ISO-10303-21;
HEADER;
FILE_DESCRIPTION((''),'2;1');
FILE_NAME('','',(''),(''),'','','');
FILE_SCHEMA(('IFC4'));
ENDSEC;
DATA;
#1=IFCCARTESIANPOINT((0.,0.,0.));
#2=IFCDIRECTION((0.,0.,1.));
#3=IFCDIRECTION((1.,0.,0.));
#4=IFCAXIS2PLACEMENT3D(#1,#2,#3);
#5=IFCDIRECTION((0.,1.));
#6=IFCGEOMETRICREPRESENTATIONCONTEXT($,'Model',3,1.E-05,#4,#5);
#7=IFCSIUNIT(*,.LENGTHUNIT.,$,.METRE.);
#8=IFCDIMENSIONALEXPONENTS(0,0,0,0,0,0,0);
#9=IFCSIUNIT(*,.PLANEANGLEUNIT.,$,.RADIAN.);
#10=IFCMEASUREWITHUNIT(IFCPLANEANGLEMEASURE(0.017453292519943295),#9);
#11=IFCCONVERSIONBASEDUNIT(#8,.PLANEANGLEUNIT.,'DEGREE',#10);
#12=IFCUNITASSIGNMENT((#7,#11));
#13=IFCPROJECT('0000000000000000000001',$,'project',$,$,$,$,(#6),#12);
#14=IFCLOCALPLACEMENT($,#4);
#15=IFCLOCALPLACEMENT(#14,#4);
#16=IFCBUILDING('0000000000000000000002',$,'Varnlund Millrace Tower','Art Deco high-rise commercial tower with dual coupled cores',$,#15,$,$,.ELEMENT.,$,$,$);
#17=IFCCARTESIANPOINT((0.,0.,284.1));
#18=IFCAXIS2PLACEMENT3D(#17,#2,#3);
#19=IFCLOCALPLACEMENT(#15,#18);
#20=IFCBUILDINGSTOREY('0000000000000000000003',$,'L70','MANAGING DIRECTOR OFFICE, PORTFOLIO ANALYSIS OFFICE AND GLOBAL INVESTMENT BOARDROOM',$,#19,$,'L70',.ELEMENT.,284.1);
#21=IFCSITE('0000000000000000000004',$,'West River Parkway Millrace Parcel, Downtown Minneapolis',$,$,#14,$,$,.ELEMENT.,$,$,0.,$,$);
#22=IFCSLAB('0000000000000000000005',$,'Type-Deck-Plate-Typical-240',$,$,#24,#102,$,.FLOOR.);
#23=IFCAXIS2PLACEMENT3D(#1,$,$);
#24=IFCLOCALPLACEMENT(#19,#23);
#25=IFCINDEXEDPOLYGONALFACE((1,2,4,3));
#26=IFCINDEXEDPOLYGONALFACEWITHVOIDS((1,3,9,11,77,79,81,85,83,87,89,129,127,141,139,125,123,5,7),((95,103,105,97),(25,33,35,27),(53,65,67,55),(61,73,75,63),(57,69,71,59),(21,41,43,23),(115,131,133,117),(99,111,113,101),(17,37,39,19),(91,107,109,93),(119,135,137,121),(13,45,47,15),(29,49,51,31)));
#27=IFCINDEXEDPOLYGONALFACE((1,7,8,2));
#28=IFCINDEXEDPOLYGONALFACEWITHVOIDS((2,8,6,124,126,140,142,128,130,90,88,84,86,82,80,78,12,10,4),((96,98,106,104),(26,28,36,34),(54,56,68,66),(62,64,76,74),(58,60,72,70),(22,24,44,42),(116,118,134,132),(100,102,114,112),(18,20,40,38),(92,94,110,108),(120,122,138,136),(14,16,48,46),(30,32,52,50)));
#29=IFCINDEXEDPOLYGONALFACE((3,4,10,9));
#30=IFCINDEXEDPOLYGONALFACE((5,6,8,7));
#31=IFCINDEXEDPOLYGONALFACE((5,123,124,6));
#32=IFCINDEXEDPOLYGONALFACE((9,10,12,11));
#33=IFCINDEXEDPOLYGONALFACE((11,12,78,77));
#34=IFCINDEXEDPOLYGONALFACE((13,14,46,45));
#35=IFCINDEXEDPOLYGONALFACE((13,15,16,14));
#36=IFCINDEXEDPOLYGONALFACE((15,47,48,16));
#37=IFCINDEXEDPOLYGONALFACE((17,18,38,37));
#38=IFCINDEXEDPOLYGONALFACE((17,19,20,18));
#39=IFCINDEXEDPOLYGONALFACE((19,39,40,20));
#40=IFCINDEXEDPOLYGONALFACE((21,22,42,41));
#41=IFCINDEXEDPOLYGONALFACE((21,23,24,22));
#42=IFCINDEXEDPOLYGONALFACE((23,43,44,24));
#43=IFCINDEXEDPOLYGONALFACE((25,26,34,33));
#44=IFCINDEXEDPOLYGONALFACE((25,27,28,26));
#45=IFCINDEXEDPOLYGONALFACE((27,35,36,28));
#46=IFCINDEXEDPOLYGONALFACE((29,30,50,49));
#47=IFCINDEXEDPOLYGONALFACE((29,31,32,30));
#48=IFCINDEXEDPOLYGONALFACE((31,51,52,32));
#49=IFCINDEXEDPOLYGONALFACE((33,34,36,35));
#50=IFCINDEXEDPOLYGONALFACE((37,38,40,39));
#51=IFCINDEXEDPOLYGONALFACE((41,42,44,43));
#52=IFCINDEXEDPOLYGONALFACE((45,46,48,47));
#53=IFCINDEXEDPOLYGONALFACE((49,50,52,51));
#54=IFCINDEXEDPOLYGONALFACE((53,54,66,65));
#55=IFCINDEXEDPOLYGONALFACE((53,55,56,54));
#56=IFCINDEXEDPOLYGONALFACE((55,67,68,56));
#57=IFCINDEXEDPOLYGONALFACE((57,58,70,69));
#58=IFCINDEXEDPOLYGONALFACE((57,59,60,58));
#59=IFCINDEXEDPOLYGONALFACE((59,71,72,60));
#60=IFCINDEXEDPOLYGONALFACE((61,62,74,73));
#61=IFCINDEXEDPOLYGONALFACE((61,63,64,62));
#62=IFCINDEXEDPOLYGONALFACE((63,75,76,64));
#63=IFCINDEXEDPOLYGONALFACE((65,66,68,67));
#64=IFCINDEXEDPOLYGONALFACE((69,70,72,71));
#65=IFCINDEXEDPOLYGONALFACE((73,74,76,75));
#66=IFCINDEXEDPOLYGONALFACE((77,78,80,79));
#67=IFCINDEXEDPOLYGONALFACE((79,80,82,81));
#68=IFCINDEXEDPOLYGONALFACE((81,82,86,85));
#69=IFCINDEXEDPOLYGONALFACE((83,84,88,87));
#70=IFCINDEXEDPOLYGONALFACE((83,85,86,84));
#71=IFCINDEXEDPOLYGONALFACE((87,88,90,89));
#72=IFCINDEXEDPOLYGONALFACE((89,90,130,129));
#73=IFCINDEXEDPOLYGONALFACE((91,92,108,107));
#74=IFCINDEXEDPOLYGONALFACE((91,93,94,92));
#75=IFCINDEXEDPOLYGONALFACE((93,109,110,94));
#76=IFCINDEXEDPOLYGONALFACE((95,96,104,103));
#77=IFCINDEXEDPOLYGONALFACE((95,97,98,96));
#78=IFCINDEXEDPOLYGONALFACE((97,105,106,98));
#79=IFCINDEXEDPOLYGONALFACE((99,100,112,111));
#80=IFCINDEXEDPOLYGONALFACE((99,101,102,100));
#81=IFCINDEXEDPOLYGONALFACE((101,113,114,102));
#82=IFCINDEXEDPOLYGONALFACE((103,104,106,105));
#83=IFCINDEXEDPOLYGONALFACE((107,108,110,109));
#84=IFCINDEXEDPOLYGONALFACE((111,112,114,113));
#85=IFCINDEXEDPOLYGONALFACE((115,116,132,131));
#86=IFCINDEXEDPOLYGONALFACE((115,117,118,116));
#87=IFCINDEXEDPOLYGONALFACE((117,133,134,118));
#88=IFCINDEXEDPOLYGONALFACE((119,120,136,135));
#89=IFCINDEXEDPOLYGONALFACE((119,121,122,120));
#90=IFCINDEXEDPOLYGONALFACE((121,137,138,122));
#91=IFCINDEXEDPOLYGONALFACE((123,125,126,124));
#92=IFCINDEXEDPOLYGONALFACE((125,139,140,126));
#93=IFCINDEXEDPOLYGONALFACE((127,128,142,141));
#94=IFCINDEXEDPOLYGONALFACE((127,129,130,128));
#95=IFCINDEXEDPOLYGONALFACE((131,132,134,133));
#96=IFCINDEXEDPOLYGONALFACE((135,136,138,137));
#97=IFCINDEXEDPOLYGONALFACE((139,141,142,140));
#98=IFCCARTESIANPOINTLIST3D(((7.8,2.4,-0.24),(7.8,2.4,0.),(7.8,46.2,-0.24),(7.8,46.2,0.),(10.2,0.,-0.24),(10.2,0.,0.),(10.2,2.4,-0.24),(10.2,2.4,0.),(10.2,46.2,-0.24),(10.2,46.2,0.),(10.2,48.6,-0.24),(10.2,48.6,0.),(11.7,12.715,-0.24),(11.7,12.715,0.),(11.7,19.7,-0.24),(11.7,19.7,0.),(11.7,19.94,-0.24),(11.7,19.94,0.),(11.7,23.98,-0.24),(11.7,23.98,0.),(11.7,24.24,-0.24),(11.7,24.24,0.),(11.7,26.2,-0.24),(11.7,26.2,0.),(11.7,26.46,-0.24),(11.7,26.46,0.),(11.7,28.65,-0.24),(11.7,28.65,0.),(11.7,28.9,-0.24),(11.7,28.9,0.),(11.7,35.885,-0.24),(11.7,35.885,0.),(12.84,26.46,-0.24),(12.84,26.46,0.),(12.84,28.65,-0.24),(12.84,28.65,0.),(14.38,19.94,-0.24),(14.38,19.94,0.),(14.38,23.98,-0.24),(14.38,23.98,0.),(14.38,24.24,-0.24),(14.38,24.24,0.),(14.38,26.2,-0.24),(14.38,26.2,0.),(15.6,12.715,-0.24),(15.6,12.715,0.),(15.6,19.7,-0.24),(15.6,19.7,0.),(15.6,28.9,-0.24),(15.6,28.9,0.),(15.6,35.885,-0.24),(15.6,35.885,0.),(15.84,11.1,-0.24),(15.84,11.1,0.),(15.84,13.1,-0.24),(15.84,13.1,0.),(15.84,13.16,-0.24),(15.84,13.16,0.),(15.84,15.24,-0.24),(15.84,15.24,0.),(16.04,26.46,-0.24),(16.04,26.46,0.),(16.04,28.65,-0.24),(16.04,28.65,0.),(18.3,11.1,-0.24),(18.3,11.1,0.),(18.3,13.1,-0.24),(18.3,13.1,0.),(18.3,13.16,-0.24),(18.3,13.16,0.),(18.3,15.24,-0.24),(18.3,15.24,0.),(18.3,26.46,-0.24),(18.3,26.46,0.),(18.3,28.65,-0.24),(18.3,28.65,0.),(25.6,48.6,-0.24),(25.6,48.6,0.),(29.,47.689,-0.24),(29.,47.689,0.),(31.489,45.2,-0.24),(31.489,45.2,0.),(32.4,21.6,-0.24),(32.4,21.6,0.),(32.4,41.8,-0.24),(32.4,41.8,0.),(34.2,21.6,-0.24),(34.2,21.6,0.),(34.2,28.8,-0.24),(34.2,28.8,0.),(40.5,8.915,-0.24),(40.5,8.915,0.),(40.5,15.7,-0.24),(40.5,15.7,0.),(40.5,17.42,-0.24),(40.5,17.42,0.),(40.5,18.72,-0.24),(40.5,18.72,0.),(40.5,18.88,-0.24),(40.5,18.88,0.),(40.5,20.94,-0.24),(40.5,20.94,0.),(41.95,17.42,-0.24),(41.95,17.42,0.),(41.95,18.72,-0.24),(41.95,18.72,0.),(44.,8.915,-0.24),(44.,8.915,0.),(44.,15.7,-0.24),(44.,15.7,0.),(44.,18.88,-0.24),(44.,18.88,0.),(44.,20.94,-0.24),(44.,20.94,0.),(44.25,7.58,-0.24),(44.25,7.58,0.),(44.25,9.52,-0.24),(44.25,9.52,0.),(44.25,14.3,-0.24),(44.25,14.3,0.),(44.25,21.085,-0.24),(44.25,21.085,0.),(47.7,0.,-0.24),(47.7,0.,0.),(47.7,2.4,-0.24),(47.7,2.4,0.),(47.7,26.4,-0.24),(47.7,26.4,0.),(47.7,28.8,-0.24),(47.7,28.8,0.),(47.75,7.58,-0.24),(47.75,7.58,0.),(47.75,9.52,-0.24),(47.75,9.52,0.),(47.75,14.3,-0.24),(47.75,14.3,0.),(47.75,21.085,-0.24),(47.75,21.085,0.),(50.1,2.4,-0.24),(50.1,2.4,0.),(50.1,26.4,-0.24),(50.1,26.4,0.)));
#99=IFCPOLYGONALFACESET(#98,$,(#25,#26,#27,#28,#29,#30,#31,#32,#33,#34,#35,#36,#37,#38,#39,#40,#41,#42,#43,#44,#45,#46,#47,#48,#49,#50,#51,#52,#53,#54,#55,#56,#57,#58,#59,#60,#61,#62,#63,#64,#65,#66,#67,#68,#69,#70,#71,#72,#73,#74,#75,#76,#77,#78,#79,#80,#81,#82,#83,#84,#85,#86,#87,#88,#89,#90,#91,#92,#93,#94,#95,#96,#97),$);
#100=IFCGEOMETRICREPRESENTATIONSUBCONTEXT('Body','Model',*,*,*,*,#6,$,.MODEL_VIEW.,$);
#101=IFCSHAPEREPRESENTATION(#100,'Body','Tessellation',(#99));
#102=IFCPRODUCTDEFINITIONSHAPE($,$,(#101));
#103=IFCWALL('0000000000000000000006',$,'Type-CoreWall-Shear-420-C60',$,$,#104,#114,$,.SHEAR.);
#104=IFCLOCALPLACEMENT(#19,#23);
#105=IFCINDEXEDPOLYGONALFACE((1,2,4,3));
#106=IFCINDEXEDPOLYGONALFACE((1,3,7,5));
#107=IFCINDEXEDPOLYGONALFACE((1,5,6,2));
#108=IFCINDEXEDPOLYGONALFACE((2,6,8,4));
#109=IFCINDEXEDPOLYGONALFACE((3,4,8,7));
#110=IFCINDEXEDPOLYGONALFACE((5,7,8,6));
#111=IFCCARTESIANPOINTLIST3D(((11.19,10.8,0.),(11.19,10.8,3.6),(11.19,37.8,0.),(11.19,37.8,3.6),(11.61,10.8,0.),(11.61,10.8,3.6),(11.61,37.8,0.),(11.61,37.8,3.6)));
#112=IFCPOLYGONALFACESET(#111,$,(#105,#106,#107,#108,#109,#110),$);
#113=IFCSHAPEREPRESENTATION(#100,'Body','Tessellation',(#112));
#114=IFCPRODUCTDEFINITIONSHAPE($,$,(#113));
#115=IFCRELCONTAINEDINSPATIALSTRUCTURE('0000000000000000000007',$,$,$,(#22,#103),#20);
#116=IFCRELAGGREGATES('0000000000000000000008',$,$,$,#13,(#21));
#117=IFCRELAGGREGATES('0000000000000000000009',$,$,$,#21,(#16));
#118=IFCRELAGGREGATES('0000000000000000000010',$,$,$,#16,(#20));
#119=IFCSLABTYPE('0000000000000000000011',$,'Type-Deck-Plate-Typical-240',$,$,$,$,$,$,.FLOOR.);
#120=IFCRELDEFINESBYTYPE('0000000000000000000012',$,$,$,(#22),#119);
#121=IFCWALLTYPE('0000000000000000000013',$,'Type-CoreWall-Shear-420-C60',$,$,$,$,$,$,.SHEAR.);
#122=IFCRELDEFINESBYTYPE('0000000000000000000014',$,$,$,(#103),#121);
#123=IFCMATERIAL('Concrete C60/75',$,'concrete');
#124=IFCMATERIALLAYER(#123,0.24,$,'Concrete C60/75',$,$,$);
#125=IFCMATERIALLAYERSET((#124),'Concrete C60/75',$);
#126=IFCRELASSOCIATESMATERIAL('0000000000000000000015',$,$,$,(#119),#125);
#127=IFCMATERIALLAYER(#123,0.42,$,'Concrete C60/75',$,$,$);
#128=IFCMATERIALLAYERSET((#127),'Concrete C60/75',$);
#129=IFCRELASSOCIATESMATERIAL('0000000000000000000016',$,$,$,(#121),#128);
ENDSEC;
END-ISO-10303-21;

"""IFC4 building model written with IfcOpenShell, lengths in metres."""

from ifc_helpers import new_model, entity, si_unit, converted_unit, direction, frame, origin_with_axes, place, context, subcontext, project, spatial, polyline, outline, extrude, material, layer, layer_set, type_object, element, save


model = new_model("IFC4")

# Units and contexts
model_context = context("Model", 3, precision=1e-05, world=origin_with_axes(), true_north=direction((0.0, 1.0)))
body_context = subcontext(model_context, "Body", "Model", "MODEL_VIEW")
ifc_project = project(units=[si_unit("LENGTHUNIT", "METRE"), converted_unit("PLANEANGLEUNIT", "DEGREE", entity("IfcPlaneAngleMeasure", 0.017453292519943295), si_unit("PLANEANGLEUNIT", "RADIAN"), dimensions=[0, 0, 0, 0, 0, 0, 0])], contexts=[model_context])

# Site, building, storey
site_placement = place(None, origin_with_axes())
site = spatial("IfcSite", under=ifc_project, at=site_placement, Name="West River Parkway Millrace Parcel, Downtown Minneapolis", CompositionType="ELEMENT", RefElevation=0.0)
building_placement = place(site_placement, origin_with_axes())
building = spatial("IfcBuilding", under=site, at=building_placement, Name="Varnlund Millrace Tower", Description="Art Deco high-rise commercial tower with dual coupled cores", CompositionType="ELEMENT")
storey_placement = place(building_placement, frame((0.0, 0.0, 284.1), z_axis=(0.0, 0.0, 1.0), x_axis=(1.0, 0.0, 0.0)))
storey = spatial("IfcBuildingStorey", under=building, at=storey_placement, Name="L70", Description="MANAGING DIRECTOR OFFICE, PORTFOLIO ANALYSIS OFFICE AND GLOBAL INVESTMENT BOARDROOM", LongName="L70", CompositionType="ELEMENT", Elevation=284.1)

# Slab
ifc_material_1 = material(Name="Concrete C60/75", Category="concrete")
ifc_layer_1 = layer(ifc_material_1, 0.24, Name="Concrete C60/75")
ifc_layer_set_1 = layer_set([ifc_layer_1], Name="Concrete C60/75")
slab_type = type_object("IfcSlabType", Name="Type-Deck-Plate-Typical-240", PredefinedType="FLOOR", material=ifc_layer_set_1)
slab_placement = place(storey_placement, frame((0.0, 0.0, -0.24), z_axis=(0.0, 0.0, 1.0), x_axis=(1.0, 0.0, 0.0)))
element("IfcSlab", 1, at=slab_placement, inside=storey, type_object=slab_type, Name="Type-Deck-Plate-Typical-240", PredefinedType="FLOOR", context=body_context, shape_type="SweptSolid", body=[
    extrude(outline(polyline([(32.4, 21.6), (32.4, 41.8), (31.489, 45.2), (29.0, 47.689), (25.6, 48.6), (10.2, 48.6), (10.2, 46.2), (7.8, 46.2), (7.8, 2.4), (10.2, 2.4), (10.2, 0.0), (47.7, 0.0), (47.7, 2.4), (50.1, 2.4), (50.1, 26.4), (47.7, 26.4), (47.7, 28.8), (34.2, 28.8), (34.2, 21.6), (32.4, 21.6)]), holes=[polyline([(18.3, 13.1), (18.3, 11.1), (15.84, 11.1), (15.84, 13.1), (18.3, 13.1)]), polyline([(15.6, 12.715), (11.7, 12.715), (11.7, 19.7), (15.6, 19.7), (15.6, 12.715)]), polyline([(11.7, 19.94), (11.7, 23.98), (14.38, 23.98), (14.38, 19.94), (11.7, 19.94)]), polyline([(14.38, 24.24), (11.7, 24.24), (11.7, 26.2), (14.38, 26.2), (14.38, 24.24)]), polyline([(12.84, 26.46), (11.7, 26.46), (11.7, 28.65), (12.84, 28.65), (12.84, 26.46)]), polyline([(15.6, 28.9), (11.7, 28.9), (11.7, 35.885), (15.6, 35.885), (15.6, 28.9)]), polyline([(47.75, 9.52), (47.75, 7.58), (44.25, 7.58), (44.25, 9.52), (47.75, 9.52)]), polyline([(44.0, 8.915), (40.5, 8.915), (40.5, 15.7), (44.0, 15.7), (44.0, 8.915)]), polyline([(18.3, 13.16), (15.84, 13.16), (15.84, 15.24), (18.3, 15.24), (18.3, 13.16)]), polyline([(47.75, 14.3), (44.25, 14.3), (44.25, 21.085), (47.75, 21.085), (47.75, 14.3)]), polyline([(41.95, 17.42), (40.5, 17.42), (40.5, 18.72), (41.95, 18.72), (41.95, 17.42)]), polyline([(44.0, 18.88), (40.5, 18.88), (40.5, 20.94), (44.0, 20.94), (44.0, 18.88)]), polyline([(18.3, 26.46), (16.04, 26.46), (16.04, 28.65), (18.3, 28.65), (18.3, 26.46)])]), origin_with_axes(), (0.0, 0.0, 1.0), 0.24),
])

# Wall
ifc_layer_2 = layer(ifc_material_1, 0.42, Name="Concrete C60/75")
ifc_layer_set_2 = layer_set([ifc_layer_2], Name="Concrete C60/75")
wall_type = type_object("IfcWallType", Name="Type-CoreWall-Shear-420-C60", PredefinedType="SHEAR", material=ifc_layer_set_2)
wall_placement = place(storey_placement, frame((11.4, 10.8, 0.0), z_axis=(0.0, 0.0, 1.0), x_axis=(0.0, 1.0, 0.0)))
element("IfcWall", 2, at=wall_placement, inside=storey, type_object=wall_type, Name="Type-CoreWall-Shear-420-C60", PredefinedType="SHEAR", context=body_context, shape_type="SweptSolid", body=[
    extrude(outline(polyline([(0.0, -0.21), (27.0, -0.21), (27.0, 0.21), (0.0, 0.21), (0.0, -0.21)])), origin_with_axes(), (0.0, 0.0, 1.0), 3.6),
])

save(model, "model.ifc")
